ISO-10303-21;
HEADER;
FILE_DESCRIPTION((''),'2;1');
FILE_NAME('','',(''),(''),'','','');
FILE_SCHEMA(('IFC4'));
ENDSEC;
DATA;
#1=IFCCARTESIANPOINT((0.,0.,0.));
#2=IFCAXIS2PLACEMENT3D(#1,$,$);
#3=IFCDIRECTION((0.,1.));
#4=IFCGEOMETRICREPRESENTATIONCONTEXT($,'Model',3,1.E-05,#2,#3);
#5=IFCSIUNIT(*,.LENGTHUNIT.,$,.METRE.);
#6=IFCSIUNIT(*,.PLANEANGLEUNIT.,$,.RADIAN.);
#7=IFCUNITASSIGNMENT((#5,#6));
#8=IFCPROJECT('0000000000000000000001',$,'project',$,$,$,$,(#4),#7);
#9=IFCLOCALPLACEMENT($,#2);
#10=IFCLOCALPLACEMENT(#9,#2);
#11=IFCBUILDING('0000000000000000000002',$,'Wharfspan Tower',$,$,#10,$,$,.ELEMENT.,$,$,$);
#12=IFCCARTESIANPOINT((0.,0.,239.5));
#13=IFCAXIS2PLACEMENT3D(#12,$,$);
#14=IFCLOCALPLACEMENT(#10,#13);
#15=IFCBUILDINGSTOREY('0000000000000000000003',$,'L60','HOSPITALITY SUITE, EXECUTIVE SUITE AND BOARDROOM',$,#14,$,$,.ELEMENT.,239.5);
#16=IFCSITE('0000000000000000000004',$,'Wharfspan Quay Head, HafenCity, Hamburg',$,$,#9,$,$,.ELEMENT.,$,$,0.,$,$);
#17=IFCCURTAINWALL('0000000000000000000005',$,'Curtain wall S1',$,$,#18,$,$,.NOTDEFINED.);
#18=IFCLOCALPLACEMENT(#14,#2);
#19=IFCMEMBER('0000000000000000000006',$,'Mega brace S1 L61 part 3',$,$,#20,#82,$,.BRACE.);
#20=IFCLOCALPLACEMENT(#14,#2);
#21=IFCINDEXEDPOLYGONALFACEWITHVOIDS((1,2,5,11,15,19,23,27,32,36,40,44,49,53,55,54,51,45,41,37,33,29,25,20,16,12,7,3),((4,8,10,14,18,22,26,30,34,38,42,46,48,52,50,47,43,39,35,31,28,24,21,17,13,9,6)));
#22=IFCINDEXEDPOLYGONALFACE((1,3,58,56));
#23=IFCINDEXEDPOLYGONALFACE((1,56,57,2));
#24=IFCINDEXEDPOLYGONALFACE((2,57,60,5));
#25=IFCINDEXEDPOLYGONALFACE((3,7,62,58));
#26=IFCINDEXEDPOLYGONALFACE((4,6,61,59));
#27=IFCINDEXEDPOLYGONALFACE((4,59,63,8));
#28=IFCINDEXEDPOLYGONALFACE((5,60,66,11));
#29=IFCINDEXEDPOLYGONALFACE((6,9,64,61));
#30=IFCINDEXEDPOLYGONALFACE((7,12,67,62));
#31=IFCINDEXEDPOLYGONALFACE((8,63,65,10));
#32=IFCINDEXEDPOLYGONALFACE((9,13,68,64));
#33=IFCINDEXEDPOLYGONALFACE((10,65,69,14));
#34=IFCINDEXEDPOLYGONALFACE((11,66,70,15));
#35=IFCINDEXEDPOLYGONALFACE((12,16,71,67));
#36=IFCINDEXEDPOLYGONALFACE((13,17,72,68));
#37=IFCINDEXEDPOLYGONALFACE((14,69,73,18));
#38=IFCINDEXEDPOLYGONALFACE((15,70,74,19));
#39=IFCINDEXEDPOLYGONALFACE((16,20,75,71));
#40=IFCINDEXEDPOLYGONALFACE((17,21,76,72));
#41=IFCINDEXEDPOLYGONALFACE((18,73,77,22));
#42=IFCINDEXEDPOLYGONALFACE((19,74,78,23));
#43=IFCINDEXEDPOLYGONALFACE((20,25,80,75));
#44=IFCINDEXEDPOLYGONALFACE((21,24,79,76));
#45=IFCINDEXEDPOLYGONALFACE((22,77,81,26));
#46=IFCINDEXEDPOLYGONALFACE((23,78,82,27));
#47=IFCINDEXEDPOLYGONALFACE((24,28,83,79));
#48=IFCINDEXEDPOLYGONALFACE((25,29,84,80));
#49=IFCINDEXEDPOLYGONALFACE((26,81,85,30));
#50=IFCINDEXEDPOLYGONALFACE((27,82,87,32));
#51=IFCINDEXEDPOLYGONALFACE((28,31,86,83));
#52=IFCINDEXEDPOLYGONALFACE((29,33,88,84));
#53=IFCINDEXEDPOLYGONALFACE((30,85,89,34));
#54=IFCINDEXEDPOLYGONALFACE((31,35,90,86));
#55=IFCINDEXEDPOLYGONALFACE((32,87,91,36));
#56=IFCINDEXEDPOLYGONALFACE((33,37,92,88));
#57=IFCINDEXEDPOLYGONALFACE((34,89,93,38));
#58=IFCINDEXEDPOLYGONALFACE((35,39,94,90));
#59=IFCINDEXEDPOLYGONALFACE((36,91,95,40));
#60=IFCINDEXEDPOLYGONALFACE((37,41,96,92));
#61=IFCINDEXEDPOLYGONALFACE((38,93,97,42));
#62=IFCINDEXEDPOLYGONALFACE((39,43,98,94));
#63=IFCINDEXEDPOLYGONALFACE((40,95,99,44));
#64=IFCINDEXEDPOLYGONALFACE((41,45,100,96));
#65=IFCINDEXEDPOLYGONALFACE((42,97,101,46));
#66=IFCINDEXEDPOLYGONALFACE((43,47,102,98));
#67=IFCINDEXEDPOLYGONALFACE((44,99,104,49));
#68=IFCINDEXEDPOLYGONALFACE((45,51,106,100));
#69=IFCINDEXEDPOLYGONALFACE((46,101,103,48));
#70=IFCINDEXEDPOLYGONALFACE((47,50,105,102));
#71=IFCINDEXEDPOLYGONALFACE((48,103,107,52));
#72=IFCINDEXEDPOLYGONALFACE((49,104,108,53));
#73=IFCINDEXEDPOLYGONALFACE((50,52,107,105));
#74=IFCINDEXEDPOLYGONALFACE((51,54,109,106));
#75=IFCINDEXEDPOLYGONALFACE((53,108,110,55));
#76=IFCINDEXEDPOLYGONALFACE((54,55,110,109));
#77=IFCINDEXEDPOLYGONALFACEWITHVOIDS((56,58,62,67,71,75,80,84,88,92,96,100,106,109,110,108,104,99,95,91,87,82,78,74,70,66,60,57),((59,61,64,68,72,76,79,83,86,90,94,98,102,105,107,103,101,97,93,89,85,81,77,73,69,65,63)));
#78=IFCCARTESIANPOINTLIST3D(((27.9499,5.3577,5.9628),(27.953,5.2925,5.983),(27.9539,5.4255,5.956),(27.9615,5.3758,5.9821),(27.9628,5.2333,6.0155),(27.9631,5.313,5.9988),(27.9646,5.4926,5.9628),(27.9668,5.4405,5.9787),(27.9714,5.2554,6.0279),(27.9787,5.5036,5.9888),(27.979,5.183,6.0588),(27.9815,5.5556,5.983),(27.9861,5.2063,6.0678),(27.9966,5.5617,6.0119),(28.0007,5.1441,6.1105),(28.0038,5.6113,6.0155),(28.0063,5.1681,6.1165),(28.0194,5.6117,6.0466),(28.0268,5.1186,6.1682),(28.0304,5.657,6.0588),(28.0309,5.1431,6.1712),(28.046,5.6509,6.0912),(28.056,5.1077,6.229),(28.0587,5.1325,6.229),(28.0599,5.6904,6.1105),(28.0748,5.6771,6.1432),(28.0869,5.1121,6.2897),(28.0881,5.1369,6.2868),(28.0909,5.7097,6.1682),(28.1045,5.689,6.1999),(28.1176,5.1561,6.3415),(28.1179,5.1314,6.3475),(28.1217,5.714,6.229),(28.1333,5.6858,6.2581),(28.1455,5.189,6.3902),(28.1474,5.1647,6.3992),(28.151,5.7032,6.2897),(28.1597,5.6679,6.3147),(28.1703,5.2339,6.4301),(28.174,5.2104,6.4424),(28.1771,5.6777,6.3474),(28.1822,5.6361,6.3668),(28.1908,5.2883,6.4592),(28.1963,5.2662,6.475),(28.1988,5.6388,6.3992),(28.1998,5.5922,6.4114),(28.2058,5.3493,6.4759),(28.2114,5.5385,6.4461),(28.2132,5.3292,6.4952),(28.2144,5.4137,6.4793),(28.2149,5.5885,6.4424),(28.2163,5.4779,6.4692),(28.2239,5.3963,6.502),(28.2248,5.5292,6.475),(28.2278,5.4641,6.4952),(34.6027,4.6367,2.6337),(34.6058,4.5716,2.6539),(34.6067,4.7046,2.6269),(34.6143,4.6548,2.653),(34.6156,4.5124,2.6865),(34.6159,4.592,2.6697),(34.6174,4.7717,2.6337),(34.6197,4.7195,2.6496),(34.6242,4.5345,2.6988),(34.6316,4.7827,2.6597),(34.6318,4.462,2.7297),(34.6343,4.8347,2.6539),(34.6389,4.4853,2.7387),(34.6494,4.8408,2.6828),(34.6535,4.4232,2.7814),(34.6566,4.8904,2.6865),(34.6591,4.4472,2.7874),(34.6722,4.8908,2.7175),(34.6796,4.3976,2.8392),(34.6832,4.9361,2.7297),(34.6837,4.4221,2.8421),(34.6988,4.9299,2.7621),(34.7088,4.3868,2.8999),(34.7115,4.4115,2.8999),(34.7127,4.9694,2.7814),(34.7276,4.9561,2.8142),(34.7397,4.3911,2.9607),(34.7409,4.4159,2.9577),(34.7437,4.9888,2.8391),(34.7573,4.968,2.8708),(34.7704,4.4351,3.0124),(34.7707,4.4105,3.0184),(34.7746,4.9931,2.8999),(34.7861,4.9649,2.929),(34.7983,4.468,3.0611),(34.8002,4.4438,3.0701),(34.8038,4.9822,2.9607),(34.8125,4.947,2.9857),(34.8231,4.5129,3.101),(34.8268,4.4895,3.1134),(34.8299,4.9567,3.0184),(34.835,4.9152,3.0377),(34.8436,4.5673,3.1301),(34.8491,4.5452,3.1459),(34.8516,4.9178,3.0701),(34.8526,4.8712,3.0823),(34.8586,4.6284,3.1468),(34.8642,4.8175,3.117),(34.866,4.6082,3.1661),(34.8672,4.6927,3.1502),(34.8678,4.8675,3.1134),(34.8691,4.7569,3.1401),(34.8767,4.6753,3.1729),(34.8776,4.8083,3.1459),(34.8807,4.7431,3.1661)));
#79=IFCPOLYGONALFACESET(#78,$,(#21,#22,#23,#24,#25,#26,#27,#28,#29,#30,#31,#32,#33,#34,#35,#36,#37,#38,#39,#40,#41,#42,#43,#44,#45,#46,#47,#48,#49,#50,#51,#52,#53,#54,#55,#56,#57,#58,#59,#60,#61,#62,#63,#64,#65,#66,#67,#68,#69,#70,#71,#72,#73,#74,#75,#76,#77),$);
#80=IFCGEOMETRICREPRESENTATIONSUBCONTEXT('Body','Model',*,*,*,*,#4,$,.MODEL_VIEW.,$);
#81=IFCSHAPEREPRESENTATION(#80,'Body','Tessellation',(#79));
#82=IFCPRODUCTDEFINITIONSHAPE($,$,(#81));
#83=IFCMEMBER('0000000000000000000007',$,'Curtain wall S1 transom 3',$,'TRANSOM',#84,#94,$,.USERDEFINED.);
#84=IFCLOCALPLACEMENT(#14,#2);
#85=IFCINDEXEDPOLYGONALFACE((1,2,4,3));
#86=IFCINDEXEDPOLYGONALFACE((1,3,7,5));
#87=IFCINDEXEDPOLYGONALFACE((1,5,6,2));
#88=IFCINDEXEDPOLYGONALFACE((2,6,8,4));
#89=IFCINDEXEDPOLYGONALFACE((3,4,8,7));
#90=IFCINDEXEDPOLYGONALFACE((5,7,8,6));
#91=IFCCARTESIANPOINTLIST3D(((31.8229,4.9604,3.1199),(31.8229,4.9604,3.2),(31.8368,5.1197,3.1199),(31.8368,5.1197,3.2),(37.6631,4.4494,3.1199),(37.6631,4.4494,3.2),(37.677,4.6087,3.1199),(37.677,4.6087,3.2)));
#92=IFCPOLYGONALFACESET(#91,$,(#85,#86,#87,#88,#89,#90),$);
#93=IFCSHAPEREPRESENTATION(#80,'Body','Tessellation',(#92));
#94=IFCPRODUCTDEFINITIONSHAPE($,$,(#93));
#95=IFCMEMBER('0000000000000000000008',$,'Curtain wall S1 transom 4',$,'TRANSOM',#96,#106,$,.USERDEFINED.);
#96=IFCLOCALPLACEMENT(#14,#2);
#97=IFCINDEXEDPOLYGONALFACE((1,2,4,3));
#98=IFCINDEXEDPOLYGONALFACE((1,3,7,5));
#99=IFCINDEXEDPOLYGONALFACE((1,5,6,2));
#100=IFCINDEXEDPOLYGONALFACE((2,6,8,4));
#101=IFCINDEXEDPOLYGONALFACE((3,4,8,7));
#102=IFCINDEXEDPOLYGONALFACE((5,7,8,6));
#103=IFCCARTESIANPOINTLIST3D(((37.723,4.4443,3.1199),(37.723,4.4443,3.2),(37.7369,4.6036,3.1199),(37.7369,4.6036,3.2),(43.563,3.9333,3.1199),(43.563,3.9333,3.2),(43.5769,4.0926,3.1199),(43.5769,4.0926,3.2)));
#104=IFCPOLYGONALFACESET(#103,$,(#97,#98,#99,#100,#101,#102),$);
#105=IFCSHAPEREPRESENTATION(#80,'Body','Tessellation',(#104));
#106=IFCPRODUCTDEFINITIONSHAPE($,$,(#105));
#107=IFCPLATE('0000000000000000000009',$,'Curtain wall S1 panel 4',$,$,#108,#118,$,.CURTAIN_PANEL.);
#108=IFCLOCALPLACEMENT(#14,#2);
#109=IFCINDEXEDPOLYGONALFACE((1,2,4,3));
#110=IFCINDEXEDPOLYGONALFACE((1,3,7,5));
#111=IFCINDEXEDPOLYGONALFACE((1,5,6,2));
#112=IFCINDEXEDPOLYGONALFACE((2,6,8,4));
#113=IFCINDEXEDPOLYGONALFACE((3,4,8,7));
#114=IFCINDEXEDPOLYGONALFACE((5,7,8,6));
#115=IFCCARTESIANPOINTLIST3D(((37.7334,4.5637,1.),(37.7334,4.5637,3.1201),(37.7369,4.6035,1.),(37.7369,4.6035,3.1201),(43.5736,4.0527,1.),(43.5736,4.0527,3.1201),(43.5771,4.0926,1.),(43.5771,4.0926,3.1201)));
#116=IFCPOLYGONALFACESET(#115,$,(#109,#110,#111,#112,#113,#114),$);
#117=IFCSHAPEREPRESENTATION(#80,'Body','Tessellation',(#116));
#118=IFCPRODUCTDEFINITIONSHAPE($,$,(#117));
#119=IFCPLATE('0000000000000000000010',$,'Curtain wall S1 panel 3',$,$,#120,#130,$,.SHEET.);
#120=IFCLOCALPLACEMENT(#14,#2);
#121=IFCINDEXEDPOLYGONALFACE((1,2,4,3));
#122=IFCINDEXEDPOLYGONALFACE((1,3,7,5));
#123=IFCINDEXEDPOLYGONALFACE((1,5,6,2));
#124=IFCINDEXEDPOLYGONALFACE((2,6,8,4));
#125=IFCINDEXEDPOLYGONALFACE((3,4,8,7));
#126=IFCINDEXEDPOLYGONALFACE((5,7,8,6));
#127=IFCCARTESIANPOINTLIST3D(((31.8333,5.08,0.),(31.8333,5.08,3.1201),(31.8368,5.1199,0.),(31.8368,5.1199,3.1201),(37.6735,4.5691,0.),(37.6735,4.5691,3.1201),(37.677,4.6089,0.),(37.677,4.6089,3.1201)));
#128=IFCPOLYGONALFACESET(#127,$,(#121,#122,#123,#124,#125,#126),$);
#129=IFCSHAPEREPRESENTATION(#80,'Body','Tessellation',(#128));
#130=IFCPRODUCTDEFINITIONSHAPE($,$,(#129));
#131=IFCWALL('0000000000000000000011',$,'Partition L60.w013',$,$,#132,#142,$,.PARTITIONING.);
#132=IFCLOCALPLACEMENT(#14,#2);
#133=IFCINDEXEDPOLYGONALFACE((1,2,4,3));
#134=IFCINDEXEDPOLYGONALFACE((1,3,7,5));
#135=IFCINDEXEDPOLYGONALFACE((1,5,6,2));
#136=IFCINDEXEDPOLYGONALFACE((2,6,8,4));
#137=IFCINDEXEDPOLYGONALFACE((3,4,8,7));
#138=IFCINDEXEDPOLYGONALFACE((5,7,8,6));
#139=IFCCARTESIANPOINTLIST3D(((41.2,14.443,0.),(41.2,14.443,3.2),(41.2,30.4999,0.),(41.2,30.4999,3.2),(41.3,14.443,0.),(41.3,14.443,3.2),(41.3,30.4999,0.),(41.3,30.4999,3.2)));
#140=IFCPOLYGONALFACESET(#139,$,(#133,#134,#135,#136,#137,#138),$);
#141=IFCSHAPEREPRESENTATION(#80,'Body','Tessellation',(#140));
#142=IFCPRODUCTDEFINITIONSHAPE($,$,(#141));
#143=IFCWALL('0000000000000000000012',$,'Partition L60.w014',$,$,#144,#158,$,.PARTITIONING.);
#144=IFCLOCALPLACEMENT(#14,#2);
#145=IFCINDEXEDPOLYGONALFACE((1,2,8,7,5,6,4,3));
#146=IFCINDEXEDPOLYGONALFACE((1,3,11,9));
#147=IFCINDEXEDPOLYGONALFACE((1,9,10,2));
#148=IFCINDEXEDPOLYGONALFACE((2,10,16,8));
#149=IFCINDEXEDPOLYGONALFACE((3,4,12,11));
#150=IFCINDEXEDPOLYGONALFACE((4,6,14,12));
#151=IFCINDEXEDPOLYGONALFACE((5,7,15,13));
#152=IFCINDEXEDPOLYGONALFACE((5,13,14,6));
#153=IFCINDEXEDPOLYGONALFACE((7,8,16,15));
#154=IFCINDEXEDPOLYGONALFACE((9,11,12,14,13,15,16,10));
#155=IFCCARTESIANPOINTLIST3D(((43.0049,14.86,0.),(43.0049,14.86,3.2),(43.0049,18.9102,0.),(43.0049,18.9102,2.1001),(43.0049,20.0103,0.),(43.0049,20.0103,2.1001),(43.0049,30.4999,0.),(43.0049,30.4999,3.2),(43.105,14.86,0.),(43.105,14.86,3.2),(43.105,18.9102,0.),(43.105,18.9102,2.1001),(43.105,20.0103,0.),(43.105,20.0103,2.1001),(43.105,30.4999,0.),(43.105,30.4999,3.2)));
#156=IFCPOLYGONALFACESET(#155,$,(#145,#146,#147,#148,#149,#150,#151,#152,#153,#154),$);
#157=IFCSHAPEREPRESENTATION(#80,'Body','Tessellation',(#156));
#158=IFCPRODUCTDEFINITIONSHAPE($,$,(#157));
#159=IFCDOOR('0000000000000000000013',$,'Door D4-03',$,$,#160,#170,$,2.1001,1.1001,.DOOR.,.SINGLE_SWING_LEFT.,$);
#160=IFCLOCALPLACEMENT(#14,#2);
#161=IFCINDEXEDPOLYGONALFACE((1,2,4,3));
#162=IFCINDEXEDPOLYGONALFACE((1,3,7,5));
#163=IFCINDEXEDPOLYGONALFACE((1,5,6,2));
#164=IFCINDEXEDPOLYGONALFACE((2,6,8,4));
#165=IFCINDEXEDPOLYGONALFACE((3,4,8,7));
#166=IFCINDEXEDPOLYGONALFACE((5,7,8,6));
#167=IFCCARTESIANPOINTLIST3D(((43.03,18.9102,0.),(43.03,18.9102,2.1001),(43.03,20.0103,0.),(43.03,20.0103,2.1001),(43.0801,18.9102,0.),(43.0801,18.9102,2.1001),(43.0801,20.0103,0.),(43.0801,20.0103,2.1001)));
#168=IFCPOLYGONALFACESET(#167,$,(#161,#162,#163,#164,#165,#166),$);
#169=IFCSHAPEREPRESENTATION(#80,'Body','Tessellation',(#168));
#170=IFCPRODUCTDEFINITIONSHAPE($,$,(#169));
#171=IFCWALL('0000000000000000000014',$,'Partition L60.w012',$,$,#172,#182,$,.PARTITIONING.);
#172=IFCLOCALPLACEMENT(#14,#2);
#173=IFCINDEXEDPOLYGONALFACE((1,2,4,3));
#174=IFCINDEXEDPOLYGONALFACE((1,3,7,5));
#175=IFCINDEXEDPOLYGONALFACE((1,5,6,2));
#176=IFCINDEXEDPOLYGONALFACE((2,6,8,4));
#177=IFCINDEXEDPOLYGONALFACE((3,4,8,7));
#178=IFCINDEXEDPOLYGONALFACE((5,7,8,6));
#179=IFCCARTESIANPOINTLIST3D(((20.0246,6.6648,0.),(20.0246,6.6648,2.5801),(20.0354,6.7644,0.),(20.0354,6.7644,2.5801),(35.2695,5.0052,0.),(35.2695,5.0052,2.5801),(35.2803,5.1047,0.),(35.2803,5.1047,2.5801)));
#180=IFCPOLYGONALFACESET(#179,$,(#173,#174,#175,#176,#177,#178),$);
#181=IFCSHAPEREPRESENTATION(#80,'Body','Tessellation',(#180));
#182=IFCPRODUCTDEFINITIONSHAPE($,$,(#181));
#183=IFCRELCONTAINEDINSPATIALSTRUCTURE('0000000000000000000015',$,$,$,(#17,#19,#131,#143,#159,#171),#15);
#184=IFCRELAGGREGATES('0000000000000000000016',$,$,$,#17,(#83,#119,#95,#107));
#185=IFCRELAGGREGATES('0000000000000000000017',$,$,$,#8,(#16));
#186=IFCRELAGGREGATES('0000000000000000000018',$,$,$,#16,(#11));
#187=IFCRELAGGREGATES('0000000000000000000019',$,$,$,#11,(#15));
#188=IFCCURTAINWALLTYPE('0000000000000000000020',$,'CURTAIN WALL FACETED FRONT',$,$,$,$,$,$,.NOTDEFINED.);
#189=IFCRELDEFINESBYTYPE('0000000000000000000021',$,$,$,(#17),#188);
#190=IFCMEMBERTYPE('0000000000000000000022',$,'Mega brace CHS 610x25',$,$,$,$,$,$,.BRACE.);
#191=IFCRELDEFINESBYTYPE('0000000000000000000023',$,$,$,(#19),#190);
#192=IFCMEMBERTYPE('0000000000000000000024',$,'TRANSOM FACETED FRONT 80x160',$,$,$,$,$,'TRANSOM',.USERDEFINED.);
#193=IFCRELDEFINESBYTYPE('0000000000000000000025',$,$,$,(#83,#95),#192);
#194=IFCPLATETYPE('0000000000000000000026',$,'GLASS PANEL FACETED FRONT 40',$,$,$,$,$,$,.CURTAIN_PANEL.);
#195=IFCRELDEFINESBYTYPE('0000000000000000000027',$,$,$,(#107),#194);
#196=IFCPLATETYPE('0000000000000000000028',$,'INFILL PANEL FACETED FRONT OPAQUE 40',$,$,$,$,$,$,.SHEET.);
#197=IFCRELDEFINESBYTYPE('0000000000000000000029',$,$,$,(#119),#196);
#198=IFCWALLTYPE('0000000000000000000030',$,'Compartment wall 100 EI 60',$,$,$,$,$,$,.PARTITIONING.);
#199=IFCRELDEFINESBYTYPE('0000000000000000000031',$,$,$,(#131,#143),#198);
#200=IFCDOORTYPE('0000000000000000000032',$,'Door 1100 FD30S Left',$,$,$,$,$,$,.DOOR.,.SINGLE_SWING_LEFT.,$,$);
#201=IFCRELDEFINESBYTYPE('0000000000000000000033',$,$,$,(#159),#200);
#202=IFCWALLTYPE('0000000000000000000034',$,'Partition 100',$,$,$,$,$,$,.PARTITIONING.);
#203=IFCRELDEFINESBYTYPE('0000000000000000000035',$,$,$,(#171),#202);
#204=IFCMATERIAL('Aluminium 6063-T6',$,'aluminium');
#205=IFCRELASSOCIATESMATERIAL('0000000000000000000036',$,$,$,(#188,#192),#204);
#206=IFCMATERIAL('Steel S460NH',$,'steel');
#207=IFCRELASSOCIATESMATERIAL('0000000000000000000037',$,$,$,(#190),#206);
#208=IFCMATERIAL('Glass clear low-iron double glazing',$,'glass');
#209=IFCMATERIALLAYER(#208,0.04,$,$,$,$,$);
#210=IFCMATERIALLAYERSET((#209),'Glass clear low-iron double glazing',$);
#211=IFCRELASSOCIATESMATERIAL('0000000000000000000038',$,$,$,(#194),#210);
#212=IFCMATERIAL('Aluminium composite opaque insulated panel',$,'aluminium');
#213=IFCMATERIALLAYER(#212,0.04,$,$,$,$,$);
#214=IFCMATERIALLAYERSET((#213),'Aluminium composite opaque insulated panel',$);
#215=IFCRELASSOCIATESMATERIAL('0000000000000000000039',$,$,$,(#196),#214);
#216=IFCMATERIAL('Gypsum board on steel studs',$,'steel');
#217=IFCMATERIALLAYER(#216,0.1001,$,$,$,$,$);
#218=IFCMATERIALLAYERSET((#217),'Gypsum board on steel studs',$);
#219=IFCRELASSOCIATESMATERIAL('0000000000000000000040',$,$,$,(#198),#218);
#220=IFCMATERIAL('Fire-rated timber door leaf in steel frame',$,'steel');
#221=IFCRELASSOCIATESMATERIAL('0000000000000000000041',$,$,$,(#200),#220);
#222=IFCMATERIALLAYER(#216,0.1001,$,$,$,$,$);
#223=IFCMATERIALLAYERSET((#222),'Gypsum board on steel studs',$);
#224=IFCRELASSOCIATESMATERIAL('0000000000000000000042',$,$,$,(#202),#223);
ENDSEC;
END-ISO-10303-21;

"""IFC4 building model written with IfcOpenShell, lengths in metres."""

from ifc_helpers import new_model, si_unit, direction, frame, frame_2d, origin, origin_2d, place, context, subcontext, project, spatial, rectangle, hollow_circle, extrude, material, layer, layer_set, material_profile, profile_set, type_object, element, fill, aggregate, save


model = new_model("IFC4")

# Units and contexts
model_context = context("Model", 3, precision=1e-05, world=origin(), true_north=direction((0.0, 1.0)))
body_context = subcontext(model_context, "Body", "Model", "MODEL_VIEW")
ifc_project = project(units=[si_unit("LENGTHUNIT", "METRE"), si_unit("PLANEANGLEUNIT", "RADIAN")], contexts=[model_context])

# Site, building, storey
site_placement = place(None, origin())
site = spatial("IfcSite", under=ifc_project, at=site_placement, Name="Wharfspan Quay Head, HafenCity, Hamburg", CompositionType="ELEMENT", RefElevation=0.0)
building_placement = place(site_placement, origin())
building = spatial("IfcBuilding", under=site, at=building_placement, Name="Wharfspan Tower", CompositionType="ELEMENT")
storey_placement = place(building_placement, frame((0.0, 0.0, 239.5)))
storey = spatial("IfcBuildingStorey", under=building, at=storey_placement, Name="L60", Description="HOSPITALITY SUITE, EXECUTIVE SUITE AND BOARDROOM", CompositionType="ELEMENT", Elevation=239.5)

# Curtain wall
ifc_material_1 = material(Name="Aluminium 6063-T6", Category="aluminium")
curtain_wall_type = type_object("IfcCurtainWallType", Name="CURTAIN WALL FACETED FRONT", PredefinedType="NOTDEFINED", material=ifc_material_1)
curtain_wall_placement = place(storey_placement, origin())
curtain_wall = element("IfcCurtainWall", 1, at=curtain_wall_placement, inside=storey, type_object=curtain_wall_type, Name="Curtain wall S1", PredefinedType="NOTDEFINED")

# Members
ifc_material_2 = material(Name="Steel S460NH", Category="steel")
ifc_material_profile_1 = material_profile(ifc_material_2, hollow_circle(Radius=0.3049, WallThickness=0.0249, at=origin_2d()))
ifc_profile_set_1 = profile_set([ifc_material_profile_1], Name="Steel S460NH")
member_type_1 = type_object("IfcMemberType", Name="Mega brace CHS 610x25", PredefinedType="BRACE", material=ifc_profile_set_1)
member_1_placement = place(storey_placement, frame((34.7417, 4.6899, 2.8999), z_axis=(-0.890113, 0.096459, 0.445416), x_axis=(-0.107734, -0.994176, 0.000004)))
element("IfcMember", 2, at=member_1_placement, inside=storey, type_object=member_type_1, Name="Mega brace S1 L61 part 3", PredefinedType="BRACE", context=body_context, shape_type="SweptSolid", body=[
    extrude(hollow_circle(Radius=0.3049, WallThickness=0.0249, at=origin_2d()), origin(), (0.0, 0.0, 1.0), 7.4741),
])
ifc_material_profile_2 = material_profile(ifc_material_1, rectangle(XDim=0.1599, YDim=0.0801, at=origin_2d()))
ifc_profile_set_2 = profile_set([ifc_material_profile_2], Name="Aluminium 6063-T6")
member_type_2 = type_object("IfcMemberType", Name="TRANSOM FACETED FRONT 80x160", ElementType="TRANSOM", PredefinedType="USERDEFINED", material=ifc_profile_set_2)
member_2_placement = place(storey_placement, frame((31.8298, 5.04, 3.1599), z_axis=(0.996194, -0.08716, 0.0), x_axis=(0.08716, 0.996194, 0.0)))
member_2 = element("IfcMember", 3, at=member_2_placement, type_object=member_type_2, Name="Curtain wall S1 transom 3", ObjectType="TRANSOM", PredefinedType="USERDEFINED", context=body_context, shape_type="SweptSolid", body=[
    extrude(rectangle(XDim=0.1599, YDim=0.0801, at=origin_2d()), origin(), (0.0, 0.0, 1.0), 5.8625),
])
member_3_placement = place(storey_placement, frame((37.73, 4.5239, 3.1599), z_axis=(0.996194, -0.087163, 0.0), x_axis=(0.087163, 0.996194, 0.0)))
member_3 = element("IfcMember", 4, at=member_3_placement, type_object=member_type_2, Name="Curtain wall S1 transom 4", ObjectType="TRANSOM", PredefinedType="USERDEFINED", context=body_context, shape_type="SweptSolid", body=[
    extrude(rectangle(XDim=0.1599, YDim=0.0801, at=origin_2d()), origin(), (0.0, 0.0, 1.0), 5.8623),
])

# Plates
ifc_material_3 = material(Name="Glass clear low-iron double glazing", Category="glass")
ifc_layer_1 = layer(ifc_material_3, 0.04)
ifc_layer_set_1 = layer_set([ifc_layer_1], Name="Glass clear low-iron double glazing")
plate_type_1 = type_object("IfcPlateType", Name="GLASS PANEL FACETED FRONT 40", PredefinedType="CURTAIN_PANEL", material=ifc_layer_set_1)
plate_1_placement = place(storey_placement, frame((40.6553, 4.3281, 1.0), z_axis=(0.0, 0.0, 1.0), x_axis=(0.996197, -0.087156, 0.0)))
plate_1 = element("IfcPlate", 5, at=plate_1_placement, type_object=plate_type_1, Name="Curtain wall S1 panel 4", PredefinedType="CURTAIN_PANEL", context=body_context, shape_type="SweptSolid", body=[
    extrude(rectangle(XDim=5.8625, YDim=0.04, at=origin_2d()), origin(), (0.0, 0.0, 1.0), 2.1201),
])
ifc_material_4 = material(Name="Aluminium composite opaque insulated panel", Category="aluminium")
ifc_layer_2 = layer(ifc_material_4, 0.04)
ifc_layer_set_2 = layer_set([ifc_layer_2], Name="Aluminium composite opaque insulated panel")
plate_type_2 = type_object("IfcPlateType", Name="INFILL PANEL FACETED FRONT OPAQUE 40", PredefinedType="SHEET", material=ifc_layer_set_2)
plate_2_placement = place(storey_placement, frame((34.7551, 4.8445, 0.0), z_axis=(0.0, 0.0, 1.0), x_axis=(0.996197, -0.087156, 0.0)))
plate_2 = element("IfcPlate", 6, at=plate_2_placement, type_object=plate_type_2, Name="Curtain wall S1 panel 3", PredefinedType="SHEET", context=body_context, shape_type="SweptSolid", body=[
    extrude(rectangle(XDim=5.8625, YDim=0.04, at=origin_2d()), origin(), (0.0, 0.0, 1.0), 3.1201),
])
aggregate(curtain_wall, [member_2, plate_2, member_3, plate_1])

# Wall
ifc_material_5 = material(Name="Gypsum board on steel studs", Category="steel")
ifc_layer_3 = layer(ifc_material_5, 0.1001)
ifc_layer_set_3 = layer_set([ifc_layer_3], Name="Gypsum board on steel studs")
wall_type_1 = type_object("IfcWallType", Name="Compartment wall 100 EI 60", PredefinedType="PARTITIONING", material=ifc_layer_set_3)
wall_1_placement = place(storey_placement, frame((41.25, 14.4431, 0.0), z_axis=(0.0, 0.0, 1.0), x_axis=(0.0, 1.0, 0.0)))
element("IfcWall", 7, at=wall_1_placement, inside=storey, type_object=wall_type_1, Name="Partition L60.w013", PredefinedType="PARTITIONING", context=body_context, shape_type="SweptSolid", body=[
    extrude(rectangle(XDim=16.0569, YDim=0.1001, at=frame_2d((8.0283, 0.0))), origin(), (0.0, 0.0, 1.0), 3.2),
])

# Wall, opening, door
wall_2_placement = place(storey_placement, frame((43.0549, 14.8601, 0.0), z_axis=(0.0, 0.0, 1.0), x_axis=(0.0, 1.0, 0.0)))
wall_2 = element("IfcWall", 8, at=wall_2_placement, inside=storey, type_object=wall_type_1, Name="Partition L60.w014", PredefinedType="PARTITIONING", context=body_context, shape_type="SweptSolid", body=[
    extrude(rectangle(XDim=15.6399, YDim=0.1001, at=frame_2d((7.8198, 0.0))), origin(), (0.0, 0.0, 1.0), 3.2),
])
opening_1_placement = place(wall_2_placement, frame((4.05, 0.0, 0.0)))
opening_1 = element("IfcOpeningElement", 9, at=opening_1_placement, cuts=wall_2, PredefinedType="OPENING", context=body_context, shape_type="SweptSolid", body=[
    extrude(rectangle(XDim=1.1001, YDim=2.1001, at=frame_2d((0.55, 1.05))), frame((0.0, 0.0601, 0.0), z_axis=(0.0, -1.0, 0.0), x_axis=(1.0, 0.0, 0.0)), (0.0, 0.0, 1.0), 0.1201),
])
ifc_material_6 = material(Name="Fire-rated timber door leaf in steel frame", Category="steel")
door_type_1 = type_object("IfcDoorType", Name="Door 1100 FD30S Left", OperationType="SINGLE_SWING_LEFT", PredefinedType="DOOR", material=ifc_material_6)
door_1_placement = place(opening_1_placement, origin())
door_1 = element("IfcDoor", 10, at=door_1_placement, inside=storey, type_object=door_type_1, Name="Door D4-03", OperationType="SINGLE_SWING_LEFT", OverallHeight=2.1001, OverallWidth=1.1001, PredefinedType="DOOR", context=body_context, shape_type="SweptSolid", body=[
    extrude(rectangle(XDim=1.1001, YDim=2.1001, at=frame_2d((0.55, 1.05))), frame((0.0, 0.0249, 0.0), z_axis=(0.0, -1.0, 0.0), x_axis=(1.0, 0.0, 0.0)), (0.0, 0.0, 1.0), 0.05),
])
fill(opening_1, door_1)

# Wall
ifc_layer_4 = layer(ifc_material_5, 0.1001)
ifc_layer_set_4 = layer_set([ifc_layer_4], Name="Gypsum board on steel studs")
wall_type_2 = type_object("IfcWallType", Name="Partition 100", PredefinedType="PARTITIONING", material=ifc_layer_set_4)
wall_3_placement = place(storey_placement, frame((35.2749, 5.0549, 0.0), z_axis=(0.0, 0.0, 1.0), x_axis=(-0.994128, 0.108228, 0.0)))
element("IfcWall", 11, at=wall_3_placement, inside=storey, type_object=wall_type_2, Name="Partition L60.w012", PredefinedType="PARTITIONING", context=body_context, shape_type="SweptSolid", body=[
    extrude(rectangle(XDim=15.335, YDim=0.1001, at=frame_2d((7.6675, 0.0))), origin(), (0.0, 0.0, 1.0), 2.5801),
])

save(model, "model.ifc")
